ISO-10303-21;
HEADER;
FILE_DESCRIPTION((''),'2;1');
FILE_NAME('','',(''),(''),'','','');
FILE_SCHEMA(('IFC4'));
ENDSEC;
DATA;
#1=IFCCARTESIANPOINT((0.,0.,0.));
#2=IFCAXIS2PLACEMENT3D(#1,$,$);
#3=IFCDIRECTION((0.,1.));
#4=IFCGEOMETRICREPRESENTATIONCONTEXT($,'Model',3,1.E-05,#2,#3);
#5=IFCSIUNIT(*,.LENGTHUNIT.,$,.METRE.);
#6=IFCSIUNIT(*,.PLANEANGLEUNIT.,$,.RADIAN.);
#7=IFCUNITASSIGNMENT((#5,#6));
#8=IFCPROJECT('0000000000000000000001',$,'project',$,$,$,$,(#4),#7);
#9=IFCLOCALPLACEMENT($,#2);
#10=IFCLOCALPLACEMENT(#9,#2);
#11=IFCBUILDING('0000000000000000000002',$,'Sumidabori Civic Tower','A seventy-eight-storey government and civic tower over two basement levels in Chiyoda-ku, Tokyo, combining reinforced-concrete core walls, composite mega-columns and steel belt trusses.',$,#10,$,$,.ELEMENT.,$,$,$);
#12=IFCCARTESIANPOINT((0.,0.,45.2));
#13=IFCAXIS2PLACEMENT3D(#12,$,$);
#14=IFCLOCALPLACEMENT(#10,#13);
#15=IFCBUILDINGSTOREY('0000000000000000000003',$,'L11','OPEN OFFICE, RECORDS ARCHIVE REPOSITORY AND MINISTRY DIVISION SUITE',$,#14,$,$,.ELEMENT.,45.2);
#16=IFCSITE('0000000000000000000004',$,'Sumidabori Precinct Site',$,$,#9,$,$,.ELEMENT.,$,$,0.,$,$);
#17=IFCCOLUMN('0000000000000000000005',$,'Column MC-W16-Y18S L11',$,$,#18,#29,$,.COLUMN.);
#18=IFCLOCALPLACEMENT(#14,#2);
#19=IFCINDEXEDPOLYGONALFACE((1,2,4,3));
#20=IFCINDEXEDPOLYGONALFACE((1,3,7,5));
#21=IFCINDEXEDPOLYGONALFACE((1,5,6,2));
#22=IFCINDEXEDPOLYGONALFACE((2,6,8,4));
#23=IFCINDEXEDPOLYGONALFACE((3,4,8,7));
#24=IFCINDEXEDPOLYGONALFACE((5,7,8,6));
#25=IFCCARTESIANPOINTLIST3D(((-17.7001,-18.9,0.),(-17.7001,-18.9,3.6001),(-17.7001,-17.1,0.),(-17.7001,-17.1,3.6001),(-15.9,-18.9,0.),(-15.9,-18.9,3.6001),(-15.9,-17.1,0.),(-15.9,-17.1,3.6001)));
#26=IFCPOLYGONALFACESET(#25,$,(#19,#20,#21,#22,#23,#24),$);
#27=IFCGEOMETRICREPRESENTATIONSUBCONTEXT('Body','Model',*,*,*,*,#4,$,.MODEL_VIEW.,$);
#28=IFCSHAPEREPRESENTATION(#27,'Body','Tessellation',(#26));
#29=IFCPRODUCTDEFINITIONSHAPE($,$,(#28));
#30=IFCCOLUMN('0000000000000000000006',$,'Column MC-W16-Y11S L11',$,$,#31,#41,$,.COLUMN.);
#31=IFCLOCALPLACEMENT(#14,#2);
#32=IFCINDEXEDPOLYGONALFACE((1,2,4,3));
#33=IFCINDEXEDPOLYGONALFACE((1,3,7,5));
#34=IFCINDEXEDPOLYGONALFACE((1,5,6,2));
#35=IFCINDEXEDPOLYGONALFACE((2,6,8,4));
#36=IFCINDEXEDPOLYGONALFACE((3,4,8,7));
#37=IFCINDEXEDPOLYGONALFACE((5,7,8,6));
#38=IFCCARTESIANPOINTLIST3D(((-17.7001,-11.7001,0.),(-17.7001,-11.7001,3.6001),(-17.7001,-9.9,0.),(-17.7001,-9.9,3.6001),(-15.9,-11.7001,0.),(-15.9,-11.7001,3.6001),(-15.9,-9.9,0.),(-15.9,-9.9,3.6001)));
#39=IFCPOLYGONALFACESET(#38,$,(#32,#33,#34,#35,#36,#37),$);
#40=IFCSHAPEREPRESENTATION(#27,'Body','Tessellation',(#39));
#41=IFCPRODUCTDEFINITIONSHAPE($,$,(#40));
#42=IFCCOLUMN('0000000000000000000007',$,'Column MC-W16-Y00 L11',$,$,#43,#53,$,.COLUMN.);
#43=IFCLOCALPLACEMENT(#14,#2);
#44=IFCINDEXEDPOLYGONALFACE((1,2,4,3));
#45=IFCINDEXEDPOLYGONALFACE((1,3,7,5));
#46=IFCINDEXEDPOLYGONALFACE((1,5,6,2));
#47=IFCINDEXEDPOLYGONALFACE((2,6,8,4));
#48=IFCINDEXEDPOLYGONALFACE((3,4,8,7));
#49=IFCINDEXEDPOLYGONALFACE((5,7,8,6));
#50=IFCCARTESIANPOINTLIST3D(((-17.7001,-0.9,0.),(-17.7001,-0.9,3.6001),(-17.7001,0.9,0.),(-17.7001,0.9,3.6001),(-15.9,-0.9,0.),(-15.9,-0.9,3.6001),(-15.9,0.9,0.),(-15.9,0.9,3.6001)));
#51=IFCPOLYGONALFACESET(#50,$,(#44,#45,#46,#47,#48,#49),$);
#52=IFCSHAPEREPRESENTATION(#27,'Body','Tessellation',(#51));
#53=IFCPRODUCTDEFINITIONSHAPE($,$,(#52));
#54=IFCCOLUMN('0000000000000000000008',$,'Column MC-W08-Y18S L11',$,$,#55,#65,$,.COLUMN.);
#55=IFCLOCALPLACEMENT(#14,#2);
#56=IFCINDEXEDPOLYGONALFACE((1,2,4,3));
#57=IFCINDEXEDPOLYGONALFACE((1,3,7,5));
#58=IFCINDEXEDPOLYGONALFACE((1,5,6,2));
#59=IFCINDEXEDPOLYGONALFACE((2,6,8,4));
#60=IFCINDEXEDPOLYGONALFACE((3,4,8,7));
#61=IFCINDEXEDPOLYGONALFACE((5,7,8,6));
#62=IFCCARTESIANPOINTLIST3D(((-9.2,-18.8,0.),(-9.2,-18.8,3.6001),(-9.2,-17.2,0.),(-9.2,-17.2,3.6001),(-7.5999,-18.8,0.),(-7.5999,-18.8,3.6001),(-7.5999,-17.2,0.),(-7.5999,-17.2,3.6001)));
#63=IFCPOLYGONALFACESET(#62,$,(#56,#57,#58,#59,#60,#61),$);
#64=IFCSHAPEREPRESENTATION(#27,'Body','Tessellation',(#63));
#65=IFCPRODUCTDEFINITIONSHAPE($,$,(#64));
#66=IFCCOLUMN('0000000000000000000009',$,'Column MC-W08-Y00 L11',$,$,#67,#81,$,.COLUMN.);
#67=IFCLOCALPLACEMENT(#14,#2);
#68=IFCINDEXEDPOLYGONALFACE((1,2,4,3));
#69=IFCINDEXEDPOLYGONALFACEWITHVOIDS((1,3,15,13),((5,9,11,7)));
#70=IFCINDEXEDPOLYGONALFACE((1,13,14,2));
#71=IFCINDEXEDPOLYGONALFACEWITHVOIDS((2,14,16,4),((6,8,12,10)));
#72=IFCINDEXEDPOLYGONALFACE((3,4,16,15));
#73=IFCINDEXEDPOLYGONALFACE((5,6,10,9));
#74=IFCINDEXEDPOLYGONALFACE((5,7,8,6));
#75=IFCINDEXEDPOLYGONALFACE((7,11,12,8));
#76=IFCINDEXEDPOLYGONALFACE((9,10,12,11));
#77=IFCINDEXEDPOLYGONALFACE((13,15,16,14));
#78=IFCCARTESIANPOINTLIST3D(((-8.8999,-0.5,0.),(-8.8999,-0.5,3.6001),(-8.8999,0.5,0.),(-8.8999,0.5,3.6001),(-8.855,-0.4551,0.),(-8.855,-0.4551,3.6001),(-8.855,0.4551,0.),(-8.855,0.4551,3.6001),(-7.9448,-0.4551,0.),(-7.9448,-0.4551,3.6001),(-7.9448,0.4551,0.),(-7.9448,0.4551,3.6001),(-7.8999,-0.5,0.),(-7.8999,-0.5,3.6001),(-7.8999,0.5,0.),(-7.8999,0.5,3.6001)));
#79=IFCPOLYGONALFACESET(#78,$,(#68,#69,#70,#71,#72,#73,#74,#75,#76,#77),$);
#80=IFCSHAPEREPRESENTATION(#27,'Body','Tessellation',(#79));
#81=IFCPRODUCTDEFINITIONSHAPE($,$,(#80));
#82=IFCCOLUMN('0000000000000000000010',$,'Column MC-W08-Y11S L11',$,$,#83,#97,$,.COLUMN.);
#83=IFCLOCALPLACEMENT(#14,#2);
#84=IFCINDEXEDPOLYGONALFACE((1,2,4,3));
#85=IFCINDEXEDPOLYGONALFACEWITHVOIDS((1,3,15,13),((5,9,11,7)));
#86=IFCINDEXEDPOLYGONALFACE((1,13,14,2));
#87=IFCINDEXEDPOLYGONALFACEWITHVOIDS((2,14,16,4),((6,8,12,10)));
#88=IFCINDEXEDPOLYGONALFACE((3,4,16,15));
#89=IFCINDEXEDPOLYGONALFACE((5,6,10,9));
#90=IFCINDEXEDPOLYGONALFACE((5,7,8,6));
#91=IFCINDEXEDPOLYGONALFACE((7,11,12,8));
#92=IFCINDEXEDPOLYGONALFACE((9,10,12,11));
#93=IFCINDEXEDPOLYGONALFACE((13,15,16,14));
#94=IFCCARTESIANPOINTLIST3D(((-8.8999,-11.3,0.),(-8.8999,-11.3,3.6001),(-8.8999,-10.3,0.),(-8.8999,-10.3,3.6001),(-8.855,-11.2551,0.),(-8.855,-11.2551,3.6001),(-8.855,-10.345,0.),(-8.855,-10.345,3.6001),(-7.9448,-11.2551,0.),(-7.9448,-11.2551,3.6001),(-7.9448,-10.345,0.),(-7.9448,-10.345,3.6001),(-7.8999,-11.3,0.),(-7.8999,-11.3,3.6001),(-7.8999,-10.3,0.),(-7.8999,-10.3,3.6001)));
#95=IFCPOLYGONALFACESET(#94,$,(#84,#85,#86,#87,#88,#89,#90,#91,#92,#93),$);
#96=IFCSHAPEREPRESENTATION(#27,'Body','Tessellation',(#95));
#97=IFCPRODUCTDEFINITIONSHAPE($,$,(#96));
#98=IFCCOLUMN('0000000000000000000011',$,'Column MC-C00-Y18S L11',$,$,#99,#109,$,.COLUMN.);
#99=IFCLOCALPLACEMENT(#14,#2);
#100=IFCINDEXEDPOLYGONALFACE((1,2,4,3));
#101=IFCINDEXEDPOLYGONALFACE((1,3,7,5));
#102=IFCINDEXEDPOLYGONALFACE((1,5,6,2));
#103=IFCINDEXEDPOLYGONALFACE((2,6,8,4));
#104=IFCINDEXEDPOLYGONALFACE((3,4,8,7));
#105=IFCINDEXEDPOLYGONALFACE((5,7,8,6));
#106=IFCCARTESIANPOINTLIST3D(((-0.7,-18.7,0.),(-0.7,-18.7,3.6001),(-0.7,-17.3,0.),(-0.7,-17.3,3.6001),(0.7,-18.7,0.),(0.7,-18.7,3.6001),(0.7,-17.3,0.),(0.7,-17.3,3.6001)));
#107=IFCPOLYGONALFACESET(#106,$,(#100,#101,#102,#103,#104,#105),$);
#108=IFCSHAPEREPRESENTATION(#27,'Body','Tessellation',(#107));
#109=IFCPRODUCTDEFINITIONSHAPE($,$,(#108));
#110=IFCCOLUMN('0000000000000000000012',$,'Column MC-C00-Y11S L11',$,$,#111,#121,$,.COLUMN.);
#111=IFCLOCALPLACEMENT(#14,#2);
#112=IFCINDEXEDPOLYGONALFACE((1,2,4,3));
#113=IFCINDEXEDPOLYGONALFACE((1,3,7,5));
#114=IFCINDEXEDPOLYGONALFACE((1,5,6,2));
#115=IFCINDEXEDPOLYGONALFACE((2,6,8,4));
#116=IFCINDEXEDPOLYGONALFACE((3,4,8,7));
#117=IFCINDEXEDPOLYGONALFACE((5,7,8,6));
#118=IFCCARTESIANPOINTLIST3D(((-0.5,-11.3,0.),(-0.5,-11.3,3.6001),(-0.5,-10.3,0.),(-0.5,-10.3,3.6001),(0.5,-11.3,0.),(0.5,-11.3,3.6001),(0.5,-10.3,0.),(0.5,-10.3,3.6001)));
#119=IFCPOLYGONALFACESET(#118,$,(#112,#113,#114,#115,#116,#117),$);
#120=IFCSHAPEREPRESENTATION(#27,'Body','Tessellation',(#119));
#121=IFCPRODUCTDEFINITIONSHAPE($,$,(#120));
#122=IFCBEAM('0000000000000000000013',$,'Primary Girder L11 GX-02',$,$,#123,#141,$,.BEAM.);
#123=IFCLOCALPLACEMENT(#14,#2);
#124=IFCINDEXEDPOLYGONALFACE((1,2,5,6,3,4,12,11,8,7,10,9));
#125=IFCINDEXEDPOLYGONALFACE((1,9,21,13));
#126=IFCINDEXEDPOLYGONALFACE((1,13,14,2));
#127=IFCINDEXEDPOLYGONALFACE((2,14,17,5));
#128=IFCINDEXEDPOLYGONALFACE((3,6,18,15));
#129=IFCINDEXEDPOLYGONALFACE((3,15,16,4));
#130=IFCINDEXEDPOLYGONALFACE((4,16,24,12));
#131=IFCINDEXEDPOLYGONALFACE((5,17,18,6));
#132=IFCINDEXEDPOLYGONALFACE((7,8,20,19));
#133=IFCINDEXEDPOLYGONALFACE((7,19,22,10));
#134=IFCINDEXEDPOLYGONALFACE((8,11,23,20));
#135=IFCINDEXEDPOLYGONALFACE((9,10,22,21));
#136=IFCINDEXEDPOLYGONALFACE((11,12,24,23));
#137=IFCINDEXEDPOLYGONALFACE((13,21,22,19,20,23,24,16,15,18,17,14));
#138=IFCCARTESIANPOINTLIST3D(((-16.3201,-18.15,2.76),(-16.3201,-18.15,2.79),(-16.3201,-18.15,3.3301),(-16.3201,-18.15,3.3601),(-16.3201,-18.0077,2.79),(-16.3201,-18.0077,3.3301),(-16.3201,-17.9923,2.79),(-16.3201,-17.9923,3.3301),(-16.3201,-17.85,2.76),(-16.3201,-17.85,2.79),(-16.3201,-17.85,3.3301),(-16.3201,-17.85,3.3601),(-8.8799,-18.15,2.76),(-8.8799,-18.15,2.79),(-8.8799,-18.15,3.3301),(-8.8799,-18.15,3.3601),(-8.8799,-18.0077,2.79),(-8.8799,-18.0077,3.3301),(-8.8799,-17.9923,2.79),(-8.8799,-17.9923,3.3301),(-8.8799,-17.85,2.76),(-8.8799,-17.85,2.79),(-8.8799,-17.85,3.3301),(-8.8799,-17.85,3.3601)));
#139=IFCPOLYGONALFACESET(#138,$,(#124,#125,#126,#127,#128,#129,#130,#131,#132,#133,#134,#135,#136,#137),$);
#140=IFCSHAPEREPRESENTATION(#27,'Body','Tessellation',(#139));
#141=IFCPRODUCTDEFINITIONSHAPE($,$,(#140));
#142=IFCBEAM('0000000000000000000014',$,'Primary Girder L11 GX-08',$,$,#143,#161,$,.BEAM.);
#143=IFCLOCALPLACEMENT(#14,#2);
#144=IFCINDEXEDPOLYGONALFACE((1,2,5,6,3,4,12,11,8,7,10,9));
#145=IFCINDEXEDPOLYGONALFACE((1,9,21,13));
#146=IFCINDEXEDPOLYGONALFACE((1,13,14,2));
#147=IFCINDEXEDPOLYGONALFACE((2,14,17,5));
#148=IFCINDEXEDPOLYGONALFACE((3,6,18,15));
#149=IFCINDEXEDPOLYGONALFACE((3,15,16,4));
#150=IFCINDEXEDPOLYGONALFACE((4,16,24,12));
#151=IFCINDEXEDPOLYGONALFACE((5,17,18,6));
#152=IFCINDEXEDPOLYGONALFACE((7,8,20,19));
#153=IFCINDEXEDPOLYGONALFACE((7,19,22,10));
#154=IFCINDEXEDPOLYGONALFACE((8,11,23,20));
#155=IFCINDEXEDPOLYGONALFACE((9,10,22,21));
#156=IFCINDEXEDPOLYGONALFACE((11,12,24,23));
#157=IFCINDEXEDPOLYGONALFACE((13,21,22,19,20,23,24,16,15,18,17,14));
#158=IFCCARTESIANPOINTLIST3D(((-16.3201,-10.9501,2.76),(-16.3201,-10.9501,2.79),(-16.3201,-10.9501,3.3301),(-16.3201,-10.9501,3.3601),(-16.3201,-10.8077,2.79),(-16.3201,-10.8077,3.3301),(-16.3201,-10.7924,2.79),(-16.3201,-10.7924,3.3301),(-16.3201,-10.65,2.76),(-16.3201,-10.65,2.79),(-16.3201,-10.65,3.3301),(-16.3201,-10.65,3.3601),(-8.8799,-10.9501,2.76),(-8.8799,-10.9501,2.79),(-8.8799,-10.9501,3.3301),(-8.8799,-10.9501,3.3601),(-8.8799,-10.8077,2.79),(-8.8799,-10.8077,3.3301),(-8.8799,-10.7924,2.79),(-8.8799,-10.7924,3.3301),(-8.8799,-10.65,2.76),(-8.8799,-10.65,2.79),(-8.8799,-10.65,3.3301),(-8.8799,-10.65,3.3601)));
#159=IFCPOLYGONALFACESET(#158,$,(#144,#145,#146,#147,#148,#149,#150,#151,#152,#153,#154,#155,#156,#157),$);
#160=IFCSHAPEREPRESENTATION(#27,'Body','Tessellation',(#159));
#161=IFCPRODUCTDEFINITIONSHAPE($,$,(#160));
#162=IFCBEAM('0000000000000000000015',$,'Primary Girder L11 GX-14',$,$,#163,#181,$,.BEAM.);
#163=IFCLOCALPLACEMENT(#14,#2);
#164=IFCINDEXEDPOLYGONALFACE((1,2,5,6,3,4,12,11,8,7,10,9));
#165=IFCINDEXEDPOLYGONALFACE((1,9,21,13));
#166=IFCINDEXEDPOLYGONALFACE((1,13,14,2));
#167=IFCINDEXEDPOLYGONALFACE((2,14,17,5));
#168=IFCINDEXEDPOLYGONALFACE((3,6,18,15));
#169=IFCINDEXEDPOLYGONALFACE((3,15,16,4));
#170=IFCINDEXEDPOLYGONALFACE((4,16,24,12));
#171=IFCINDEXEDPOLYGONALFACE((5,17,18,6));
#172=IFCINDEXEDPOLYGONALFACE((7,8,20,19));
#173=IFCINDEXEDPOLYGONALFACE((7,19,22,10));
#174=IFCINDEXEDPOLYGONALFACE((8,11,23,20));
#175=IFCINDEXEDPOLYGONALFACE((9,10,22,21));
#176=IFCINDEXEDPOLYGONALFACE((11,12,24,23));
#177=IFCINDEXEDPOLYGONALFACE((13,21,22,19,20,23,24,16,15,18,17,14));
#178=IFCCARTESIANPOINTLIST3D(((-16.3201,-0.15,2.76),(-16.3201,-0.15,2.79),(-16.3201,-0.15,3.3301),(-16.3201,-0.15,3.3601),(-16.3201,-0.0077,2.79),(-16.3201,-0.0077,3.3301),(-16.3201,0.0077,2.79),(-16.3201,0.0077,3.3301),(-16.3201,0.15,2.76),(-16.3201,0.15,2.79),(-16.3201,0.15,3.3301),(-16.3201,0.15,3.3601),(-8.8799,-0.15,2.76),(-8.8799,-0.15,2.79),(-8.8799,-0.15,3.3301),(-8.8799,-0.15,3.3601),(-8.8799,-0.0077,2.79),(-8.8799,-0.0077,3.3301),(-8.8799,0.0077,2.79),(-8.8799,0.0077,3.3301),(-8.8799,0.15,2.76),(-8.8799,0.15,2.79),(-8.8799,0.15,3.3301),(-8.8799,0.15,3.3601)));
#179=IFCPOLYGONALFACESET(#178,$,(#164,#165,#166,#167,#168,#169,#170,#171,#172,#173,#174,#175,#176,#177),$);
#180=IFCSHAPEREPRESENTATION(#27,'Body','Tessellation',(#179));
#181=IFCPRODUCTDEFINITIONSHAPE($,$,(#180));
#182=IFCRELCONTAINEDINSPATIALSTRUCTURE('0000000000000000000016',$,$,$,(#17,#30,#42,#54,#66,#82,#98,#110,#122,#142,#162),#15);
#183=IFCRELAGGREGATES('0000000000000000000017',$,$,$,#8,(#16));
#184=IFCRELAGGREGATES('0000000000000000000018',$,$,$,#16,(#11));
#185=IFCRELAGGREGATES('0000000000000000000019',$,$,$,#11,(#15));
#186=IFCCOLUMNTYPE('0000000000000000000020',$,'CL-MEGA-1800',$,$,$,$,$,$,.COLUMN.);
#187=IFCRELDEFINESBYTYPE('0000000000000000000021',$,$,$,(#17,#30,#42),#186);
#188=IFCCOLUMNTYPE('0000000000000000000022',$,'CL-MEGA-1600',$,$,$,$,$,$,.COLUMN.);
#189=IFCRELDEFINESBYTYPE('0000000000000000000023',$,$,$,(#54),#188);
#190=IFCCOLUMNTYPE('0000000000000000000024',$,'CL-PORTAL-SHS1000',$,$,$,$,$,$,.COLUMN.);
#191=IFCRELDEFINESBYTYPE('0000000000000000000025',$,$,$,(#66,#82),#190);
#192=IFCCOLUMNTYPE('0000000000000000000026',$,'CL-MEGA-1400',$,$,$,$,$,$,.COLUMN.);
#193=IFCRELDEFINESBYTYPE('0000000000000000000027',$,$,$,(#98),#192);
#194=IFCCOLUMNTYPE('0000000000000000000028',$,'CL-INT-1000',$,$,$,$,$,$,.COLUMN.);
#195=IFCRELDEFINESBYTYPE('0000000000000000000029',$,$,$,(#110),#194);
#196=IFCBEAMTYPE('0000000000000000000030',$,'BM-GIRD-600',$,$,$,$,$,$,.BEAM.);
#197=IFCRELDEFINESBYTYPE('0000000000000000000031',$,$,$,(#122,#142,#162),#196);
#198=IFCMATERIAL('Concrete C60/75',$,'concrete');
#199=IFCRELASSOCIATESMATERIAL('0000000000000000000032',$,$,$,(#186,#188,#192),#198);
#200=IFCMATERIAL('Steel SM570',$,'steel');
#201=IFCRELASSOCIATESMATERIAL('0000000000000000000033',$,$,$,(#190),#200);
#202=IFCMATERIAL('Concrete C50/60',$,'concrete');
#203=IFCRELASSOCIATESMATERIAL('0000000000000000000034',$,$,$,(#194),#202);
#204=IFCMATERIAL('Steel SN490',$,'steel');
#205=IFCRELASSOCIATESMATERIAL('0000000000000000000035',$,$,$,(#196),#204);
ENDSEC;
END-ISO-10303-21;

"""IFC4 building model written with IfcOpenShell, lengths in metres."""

from ifc_helpers import new_model, si_unit, direction, frame, origin, origin_2d, place, context, subcontext, project, spatial, rectangle, hollow_rectangle, i_section, extrude, source, transform, mapped, material, material_profile, profile_set, type_object, element, save


model = new_model("IFC4")

# Units and contexts
model_context = context("Model", 3, precision=1e-05, world=origin(), true_north=direction((0.0, 1.0)))
body_context = subcontext(model_context, "Body", "Model", "MODEL_VIEW")
ifc_project = project(units=[si_unit("LENGTHUNIT", "METRE"), si_unit("PLANEANGLEUNIT", "RADIAN")], contexts=[model_context])

# Site, building, storey
site_placement = place(None, origin())
site = spatial("IfcSite", under=ifc_project, at=site_placement, Name="Sumidabori Precinct Site", CompositionType="ELEMENT", RefElevation=0.0)
building_placement = place(site_placement, origin())
building = spatial("IfcBuilding", under=site, at=building_placement, Name="Sumidabori Civic Tower", Description="A seventy-eight-storey government and civic tower over two basement levels in Chiyoda-ku, Tokyo, combining reinforced-concrete core walls, composite mega-columns and steel belt trusses.", CompositionType="ELEMENT")
storey_placement = place(building_placement, frame((0.0, 0.0, 45.2)))
storey = spatial("IfcBuildingStorey", under=building, at=storey_placement, Name="L11", Description="OPEN OFFICE, RECORDS ARCHIVE REPOSITORY AND MINISTRY DIVISION SUITE", CompositionType="ELEMENT", Elevation=45.2)

# Columns
ifc_material_1 = material(Name="Concrete C60/75", Category="concrete")
ifc_material_profile_1 = material_profile(ifc_material_1, rectangle(XDim=1.8, YDim=1.8, at=origin_2d()), Name="RC 1800x1800")
ifc_profile_set_1 = profile_set([ifc_material_profile_1], Name="Concrete C60/75")
column_type_1 = type_object("IfcColumnType", Name="CL-MEGA-1800", PredefinedType="COLUMN", material=ifc_profile_set_1)
shared_shape_1 = source(origin(), body_context, "Body", "SweptSolid", [
    extrude(rectangle(XDim=1.8, YDim=1.8, at=origin_2d()), origin(), (0.0, 0.0, 1.0), 3.6001),
])
for number, where, z_axis, x_axis, name in (
    (1, (-16.8, -18.0, 0.0), (0.0, 0.0, 1.0), (1.0, 0.0, 0.0), "Column MC-W16-Y18S L11"),
    (2, (-16.8, -10.8, 0.0), (0.0, 0.0, 1.0), (1.0, 0.0, 0.0), "Column MC-W16-Y11S L11"),
    (3, (-16.8, 0.0, 0.0), (0.0, 0.0, 1.0), (1.0, 0.0, 0.0), "Column MC-W16-Y00 L11"),
):
    element("IfcColumn", number, at=place(storey_placement, frame(where, z_axis=z_axis, x_axis=x_axis)), inside=storey, type_object=column_type_1, Name=name, PredefinedType="COLUMN", context=body_context, shape_type="MappedRepresentation", body=[
        mapped(shared_shape_1, transform((0.0, 0.0, 0.0), x_axis=(1.0, 0.0, 0.0), y_axis=(0.0, 1.0, 0.0), z_axis=(0.0, 0.0, 1.0), scale=1.0)),
    ])
ifc_material_profile_2 = material_profile(ifc_material_1, rectangle(XDim=1.6001, YDim=1.6001, at=origin_2d()), Name="RC 1600x1600")
ifc_profile_set_2 = profile_set([ifc_material_profile_2], Name="Concrete C60/75")
column_type_2 = type_object("IfcColumnType", Name="CL-MEGA-1600", PredefinedType="COLUMN", material=ifc_profile_set_2)
shared_shape_2 = source(origin(), body_context, "Body", "SweptSolid", [
    extrude(rectangle(XDim=1.6001, YDim=1.6001, at=origin_2d()), origin(), (0.0, 0.0, 1.0), 3.6001),
])
column_1_placement = place(storey_placement, frame((-8.3999, -18.0, 0.0), z_axis=(0.0, 0.0, 1.0), x_axis=(1.0, 0.0, 0.0)))
element("IfcColumn", 4, at=column_1_placement, inside=storey, type_object=column_type_2, Name="Column MC-W08-Y18S L11", PredefinedType="COLUMN", context=body_context, shape_type="MappedRepresentation", body=[
    mapped(shared_shape_2, transform((0.0, 0.0, 0.0), x_axis=(1.0, 0.0, 0.0), y_axis=(0.0, 1.0, 0.0), z_axis=(0.0, 0.0, 1.0), scale=1.0)),
])
ifc_material_2 = material(Name="Steel SM570", Category="steel")
ifc_material_profile_3 = material_profile(ifc_material_2, hollow_rectangle(XDim=1.0, YDim=1.0, WallThickness=0.0449, at=origin_2d()), Name="SHS 1000x1000x45")
ifc_profile_set_3 = profile_set([ifc_material_profile_3], Name="Steel SM570")
column_type_3 = type_object("IfcColumnType", Name="CL-PORTAL-SHS1000", PredefinedType="COLUMN", material=ifc_profile_set_3)
shared_shape_3 = source(origin(), body_context, "Body", "SweptSolid", [
    extrude(hollow_rectangle(XDim=1.0, YDim=1.0, WallThickness=0.0449, at=origin_2d()), origin(), (0.0, 0.0, 1.0), 3.6001),
])
for number, where, z_axis, x_axis, name in (
    (5, (-8.3999, 0.0, 0.0), (0.0, 0.0, 1.0), (1.0, 0.0, 0.0), "Column MC-W08-Y00 L11"),
    (6, (-8.3999, -10.8, 0.0), (0.0, 0.0, 1.0), (1.0, 0.0, 0.0), "Column MC-W08-Y11S L11"),
):
    element("IfcColumn", number, at=place(storey_placement, frame(where, z_axis=z_axis, x_axis=x_axis)), inside=storey, type_object=column_type_3, Name=name, PredefinedType="COLUMN", context=body_context, shape_type="MappedRepresentation", body=[
        mapped(shared_shape_3, transform((0.0, 0.0, 0.0), x_axis=(1.0, 0.0, 0.0), y_axis=(0.0, 1.0, 0.0), z_axis=(0.0, 0.0, 1.0), scale=1.0)),
    ])
ifc_material_profile_4 = material_profile(ifc_material_1, rectangle(XDim=1.3999, YDim=1.3999, at=origin_2d()), Name="RC 1400x1400")
ifc_profile_set_4 = profile_set([ifc_material_profile_4], Name="Concrete C60/75")
column_type_4 = type_object("IfcColumnType", Name="CL-MEGA-1400", PredefinedType="COLUMN", material=ifc_profile_set_4)
shared_shape_4 = source(origin(), body_context, "Body", "SweptSolid", [
    extrude(rectangle(XDim=1.3999, YDim=1.3999, at=origin_2d()), origin(), (0.0, 0.0, 1.0), 3.6001),
])
column_2_placement = place(storey_placement, frame((0.0, -18.0, 0.0), z_axis=(0.0, 0.0, 1.0), x_axis=(1.0, 0.0, 0.0)))
element("IfcColumn", 7, at=column_2_placement, inside=storey, type_object=column_type_4, Name="Column MC-C00-Y18S L11", PredefinedType="COLUMN", context=body_context, shape_type="MappedRepresentation", body=[
    mapped(shared_shape_4, transform((0.0, 0.0, 0.0), x_axis=(1.0, 0.0, 0.0), y_axis=(0.0, 1.0, 0.0), z_axis=(0.0, 0.0, 1.0), scale=1.0)),
])
ifc_material_3 = material(Name="Concrete C50/60", Category="concrete")
ifc_material_profile_5 = material_profile(ifc_material_3, rectangle(XDim=1.0, YDim=1.0, at=origin_2d()), Name="RC 1000x1000")
ifc_profile_set_5 = profile_set([ifc_material_profile_5], Name="Concrete C50/60")
column_type_5 = type_object("IfcColumnType", Name="CL-INT-1000", PredefinedType="COLUMN", material=ifc_profile_set_5)
shared_shape_5 = source(origin(), body_context, "Body", "SweptSolid", [
    extrude(rectangle(XDim=1.0, YDim=1.0, at=origin_2d()), origin(), (0.0, 0.0, 1.0), 3.6001),
])
column_3_placement = place(storey_placement, frame((0.0, -10.8, 0.0), z_axis=(0.0, 0.0, 1.0), x_axis=(1.0, 0.0, 0.0)))
element("IfcColumn", 8, at=column_3_placement, inside=storey, type_object=column_type_5, Name="Column MC-C00-Y11S L11", PredefinedType="COLUMN", context=body_context, shape_type="MappedRepresentation", body=[
    mapped(shared_shape_5, transform((0.0, 0.0, 0.0), x_axis=(1.0, 0.0, 0.0), y_axis=(0.0, 1.0, 0.0), z_axis=(0.0, 0.0, 1.0), scale=1.0)),
])

# Beams
ifc_material_4 = material(Name="Steel SN490", Category="steel")
ifc_material_profile_6 = material_profile(ifc_material_4, i_section(OverallWidth=0.3, OverallDepth=0.6001, WebThickness=0.0154, FlangeThickness=0.03, at=origin_2d()), Name="HE 600 B")
ifc_profile_set_6 = profile_set([ifc_material_profile_6], Name="Steel SN490")
beam_type_1 = type_object("IfcBeamType", Name="BM-GIRD-600", PredefinedType="BEAM", material=ifc_profile_set_6)
shared_shape_6 = source(origin(), body_context, "Body", "SweptSolid", [
    extrude(i_section(OverallWidth=0.3, OverallDepth=0.6001, WebThickness=0.0154, FlangeThickness=0.03, at=origin_2d()), origin(), (0.0, 0.0, 1.0), 7.4402),
])
for number, where, z_axis, x_axis, name in (
    (9, (-16.3201, -18.0, 3.0601), (1.0, 0.0, 0.0), (0.0, 1.0, 0.0), "Primary Girder L11 GX-02"),
    (10, (-16.3201, -10.8, 3.0601), (1.0, 0.0, 0.0), (0.0, 1.0, 0.0), "Primary Girder L11 GX-08"),
    (11, (-16.3201, 0.0, 3.0601), (1.0, 0.0, 0.0), (0.0, 1.0, 0.0), "Primary Girder L11 GX-14"),
):
    element("IfcBeam", number, at=place(storey_placement, frame(where, z_axis=z_axis, x_axis=x_axis)), inside=storey, type_object=beam_type_1, Name=name, PredefinedType="BEAM", context=body_context, shape_type="MappedRepresentation", body=[
        mapped(shared_shape_6, transform((0.0, 0.0, 0.0), x_axis=(1.0, 0.0, 0.0), y_axis=(0.0, 1.0, 0.0), z_axis=(0.0, 0.0, 1.0), scale=1.0)),
    ])

save(model, "model.ifc")
